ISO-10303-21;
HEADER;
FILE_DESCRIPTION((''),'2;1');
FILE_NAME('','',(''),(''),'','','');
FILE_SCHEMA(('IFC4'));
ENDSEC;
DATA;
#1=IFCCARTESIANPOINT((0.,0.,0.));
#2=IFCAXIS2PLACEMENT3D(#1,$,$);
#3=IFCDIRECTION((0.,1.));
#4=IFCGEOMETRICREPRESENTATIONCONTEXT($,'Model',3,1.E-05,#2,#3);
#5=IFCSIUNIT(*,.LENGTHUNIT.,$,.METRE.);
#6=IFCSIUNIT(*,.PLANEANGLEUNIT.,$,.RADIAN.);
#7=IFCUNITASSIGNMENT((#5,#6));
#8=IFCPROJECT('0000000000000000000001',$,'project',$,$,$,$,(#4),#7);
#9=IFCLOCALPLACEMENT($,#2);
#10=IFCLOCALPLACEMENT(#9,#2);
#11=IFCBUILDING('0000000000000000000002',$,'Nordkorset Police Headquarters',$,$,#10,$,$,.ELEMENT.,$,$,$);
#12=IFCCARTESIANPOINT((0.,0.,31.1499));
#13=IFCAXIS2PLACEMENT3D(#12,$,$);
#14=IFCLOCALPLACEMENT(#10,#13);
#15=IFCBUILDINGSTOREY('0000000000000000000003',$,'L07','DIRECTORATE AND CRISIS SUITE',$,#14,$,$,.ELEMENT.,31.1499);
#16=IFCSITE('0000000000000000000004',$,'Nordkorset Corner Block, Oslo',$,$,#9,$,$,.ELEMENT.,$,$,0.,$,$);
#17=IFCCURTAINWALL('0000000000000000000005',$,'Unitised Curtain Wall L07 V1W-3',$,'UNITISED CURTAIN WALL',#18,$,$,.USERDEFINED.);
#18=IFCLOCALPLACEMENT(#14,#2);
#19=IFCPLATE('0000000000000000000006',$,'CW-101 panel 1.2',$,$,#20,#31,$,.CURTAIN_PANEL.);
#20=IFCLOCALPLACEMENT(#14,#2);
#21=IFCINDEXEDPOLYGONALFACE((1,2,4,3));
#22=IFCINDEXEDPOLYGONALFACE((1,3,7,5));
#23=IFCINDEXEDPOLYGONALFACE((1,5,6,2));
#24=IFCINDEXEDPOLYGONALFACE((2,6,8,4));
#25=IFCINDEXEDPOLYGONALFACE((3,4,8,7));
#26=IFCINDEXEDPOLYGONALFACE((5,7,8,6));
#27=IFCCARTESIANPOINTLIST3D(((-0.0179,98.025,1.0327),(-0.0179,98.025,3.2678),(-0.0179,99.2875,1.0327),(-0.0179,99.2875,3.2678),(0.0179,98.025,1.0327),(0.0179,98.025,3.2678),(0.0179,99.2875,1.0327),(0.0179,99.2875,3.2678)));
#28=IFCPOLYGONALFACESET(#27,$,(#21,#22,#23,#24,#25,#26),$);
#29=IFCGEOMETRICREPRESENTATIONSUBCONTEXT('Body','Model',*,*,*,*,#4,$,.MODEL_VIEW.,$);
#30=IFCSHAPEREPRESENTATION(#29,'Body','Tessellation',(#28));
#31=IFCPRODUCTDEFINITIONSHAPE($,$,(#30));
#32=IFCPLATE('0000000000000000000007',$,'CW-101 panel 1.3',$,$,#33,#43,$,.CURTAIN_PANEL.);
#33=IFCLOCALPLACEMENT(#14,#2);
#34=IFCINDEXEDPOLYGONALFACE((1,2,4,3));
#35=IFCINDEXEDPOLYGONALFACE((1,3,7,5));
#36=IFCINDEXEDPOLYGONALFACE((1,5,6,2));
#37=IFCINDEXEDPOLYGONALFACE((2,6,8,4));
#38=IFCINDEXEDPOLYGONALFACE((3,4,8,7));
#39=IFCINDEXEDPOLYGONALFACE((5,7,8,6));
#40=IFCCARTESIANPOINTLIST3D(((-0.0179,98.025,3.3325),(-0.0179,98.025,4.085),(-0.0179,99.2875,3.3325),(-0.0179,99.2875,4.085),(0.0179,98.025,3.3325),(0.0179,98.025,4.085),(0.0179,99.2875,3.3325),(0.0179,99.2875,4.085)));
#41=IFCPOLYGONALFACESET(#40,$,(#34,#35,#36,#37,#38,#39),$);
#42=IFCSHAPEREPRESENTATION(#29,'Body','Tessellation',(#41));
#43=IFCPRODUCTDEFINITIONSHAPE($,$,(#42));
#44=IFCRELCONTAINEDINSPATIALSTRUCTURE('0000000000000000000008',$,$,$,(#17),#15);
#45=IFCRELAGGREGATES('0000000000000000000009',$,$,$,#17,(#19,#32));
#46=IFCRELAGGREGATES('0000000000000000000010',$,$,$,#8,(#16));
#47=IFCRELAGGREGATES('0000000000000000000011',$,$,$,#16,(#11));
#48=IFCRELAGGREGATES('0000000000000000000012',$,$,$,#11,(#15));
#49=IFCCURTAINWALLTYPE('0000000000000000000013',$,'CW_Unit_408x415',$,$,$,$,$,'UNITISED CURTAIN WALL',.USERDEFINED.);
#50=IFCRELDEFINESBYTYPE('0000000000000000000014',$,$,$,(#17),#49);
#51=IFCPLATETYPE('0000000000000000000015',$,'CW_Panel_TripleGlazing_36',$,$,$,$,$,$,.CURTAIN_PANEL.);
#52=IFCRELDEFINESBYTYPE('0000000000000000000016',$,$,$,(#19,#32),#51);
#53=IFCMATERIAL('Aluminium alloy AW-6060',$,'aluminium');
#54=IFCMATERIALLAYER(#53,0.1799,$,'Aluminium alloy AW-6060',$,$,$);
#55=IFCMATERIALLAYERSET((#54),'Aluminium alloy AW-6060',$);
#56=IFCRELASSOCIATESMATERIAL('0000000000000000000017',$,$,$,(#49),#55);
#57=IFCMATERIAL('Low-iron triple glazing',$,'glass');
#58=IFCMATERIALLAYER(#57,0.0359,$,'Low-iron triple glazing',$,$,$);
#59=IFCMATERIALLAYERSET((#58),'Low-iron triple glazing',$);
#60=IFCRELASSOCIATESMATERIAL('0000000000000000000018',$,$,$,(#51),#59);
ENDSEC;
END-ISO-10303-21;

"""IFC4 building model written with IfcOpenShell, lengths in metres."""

from ifc_helpers import new_model, si_unit, direction, frame, origin, origin_2d, place, context, subcontext, project, spatial, rectangle, extrude, material, layer, layer_set, type_object, element, aggregate, save


model = new_model("IFC4")

# Units and contexts
model_context = context("Model", 3, precision=1e-05, world=origin(), true_north=direction((0.0, 1.0)))
body_context = subcontext(model_context, "Body", "Model", "MODEL_VIEW")
ifc_project = project(units=[si_unit("LENGTHUNIT", "METRE"), si_unit("PLANEANGLEUNIT", "RADIAN")], contexts=[model_context])

# Site, building, storey
site_placement = place(None, origin())
site = spatial("IfcSite", under=ifc_project, at=site_placement, Name="Nordkorset Corner Block, Oslo", CompositionType="ELEMENT", RefElevation=0.0)
building_placement = place(site_placement, origin())
building = spatial("IfcBuilding", under=site, at=building_placement, Name="Nordkorset Police Headquarters", CompositionType="ELEMENT")
storey_placement = place(building_placement, frame((0.0, 0.0, 31.1499)))
storey = spatial("IfcBuildingStorey", under=building, at=storey_placement, Name="L07", Description="DIRECTORATE AND CRISIS SUITE", CompositionType="ELEMENT", Elevation=31.1499)

# Curtain wall
ifc_material_1 = material(Name="Aluminium alloy AW-6060", Category="aluminium")
ifc_layer_1 = layer(ifc_material_1, 0.1799, Name="Aluminium alloy AW-6060")
ifc_layer_set_1 = layer_set([ifc_layer_1], Name="Aluminium alloy AW-6060")
curtain_wall_type = type_object("IfcCurtainWallType", Name="CW_Unit_408x415", ElementType="UNITISED CURTAIN WALL", PredefinedType="USERDEFINED", material=ifc_layer_set_1)
curtain_wall_1_placement = place(storey_placement, origin())
curtain_wall_1 = element("IfcCurtainWall", 1, at=curtain_wall_1_placement, inside=storey, type_object=curtain_wall_type, Name="Unitised Curtain Wall L07 V1W-3", ObjectType="UNITISED CURTAIN WALL", PredefinedType="USERDEFINED")

# Plates
ifc_material_2 = material(Name="Low-iron triple glazing", Category="glass")
ifc_layer_2 = layer(ifc_material_2, 0.0359, Name="Low-iron triple glazing")
ifc_layer_set_2 = layer_set([ifc_layer_2], Name="Low-iron triple glazing")
plate_type = type_object("IfcPlateType", Name="CW_Panel_TripleGlazing_36", PredefinedType="CURTAIN_PANEL", material=ifc_layer_set_2)
plate_1_placement = place(storey_placement, frame((0.0, 98.6562, 1.0327), z_axis=(0.0, 0.0, 1.0), x_axis=(0.0, 1.0, 0.0)))
plate_1 = element("IfcPlate", 2, at=plate_1_placement, type_object=plate_type, Name="CW-101 panel 1.2", PredefinedType="CURTAIN_PANEL", context=body_context, shape_type="SweptSolid", body=[
    extrude(rectangle(XDim=1.2625, YDim=0.0359, at=origin_2d()), origin(), (0.0, 0.0, 1.0), 2.2351),
])
plate_2_placement = place(storey_placement, frame((0.0, 98.6562, 3.3325), z_axis=(0.0, 0.0, 1.0), x_axis=(0.0, 1.0, 0.0)))
plate_2 = element("IfcPlate", 3, at=plate_2_placement, type_object=plate_type, Name="CW-101 panel 1.3", PredefinedType="CURTAIN_PANEL", context=body_context, shape_type="SweptSolid", body=[
    extrude(rectangle(XDim=1.2625, YDim=0.0359, at=origin_2d()), origin(), (0.0, 0.0, 1.0), 0.7524),
])
aggregate(curtain_wall_1, [plate_1, plate_2])

save(model, "model.ifc")
